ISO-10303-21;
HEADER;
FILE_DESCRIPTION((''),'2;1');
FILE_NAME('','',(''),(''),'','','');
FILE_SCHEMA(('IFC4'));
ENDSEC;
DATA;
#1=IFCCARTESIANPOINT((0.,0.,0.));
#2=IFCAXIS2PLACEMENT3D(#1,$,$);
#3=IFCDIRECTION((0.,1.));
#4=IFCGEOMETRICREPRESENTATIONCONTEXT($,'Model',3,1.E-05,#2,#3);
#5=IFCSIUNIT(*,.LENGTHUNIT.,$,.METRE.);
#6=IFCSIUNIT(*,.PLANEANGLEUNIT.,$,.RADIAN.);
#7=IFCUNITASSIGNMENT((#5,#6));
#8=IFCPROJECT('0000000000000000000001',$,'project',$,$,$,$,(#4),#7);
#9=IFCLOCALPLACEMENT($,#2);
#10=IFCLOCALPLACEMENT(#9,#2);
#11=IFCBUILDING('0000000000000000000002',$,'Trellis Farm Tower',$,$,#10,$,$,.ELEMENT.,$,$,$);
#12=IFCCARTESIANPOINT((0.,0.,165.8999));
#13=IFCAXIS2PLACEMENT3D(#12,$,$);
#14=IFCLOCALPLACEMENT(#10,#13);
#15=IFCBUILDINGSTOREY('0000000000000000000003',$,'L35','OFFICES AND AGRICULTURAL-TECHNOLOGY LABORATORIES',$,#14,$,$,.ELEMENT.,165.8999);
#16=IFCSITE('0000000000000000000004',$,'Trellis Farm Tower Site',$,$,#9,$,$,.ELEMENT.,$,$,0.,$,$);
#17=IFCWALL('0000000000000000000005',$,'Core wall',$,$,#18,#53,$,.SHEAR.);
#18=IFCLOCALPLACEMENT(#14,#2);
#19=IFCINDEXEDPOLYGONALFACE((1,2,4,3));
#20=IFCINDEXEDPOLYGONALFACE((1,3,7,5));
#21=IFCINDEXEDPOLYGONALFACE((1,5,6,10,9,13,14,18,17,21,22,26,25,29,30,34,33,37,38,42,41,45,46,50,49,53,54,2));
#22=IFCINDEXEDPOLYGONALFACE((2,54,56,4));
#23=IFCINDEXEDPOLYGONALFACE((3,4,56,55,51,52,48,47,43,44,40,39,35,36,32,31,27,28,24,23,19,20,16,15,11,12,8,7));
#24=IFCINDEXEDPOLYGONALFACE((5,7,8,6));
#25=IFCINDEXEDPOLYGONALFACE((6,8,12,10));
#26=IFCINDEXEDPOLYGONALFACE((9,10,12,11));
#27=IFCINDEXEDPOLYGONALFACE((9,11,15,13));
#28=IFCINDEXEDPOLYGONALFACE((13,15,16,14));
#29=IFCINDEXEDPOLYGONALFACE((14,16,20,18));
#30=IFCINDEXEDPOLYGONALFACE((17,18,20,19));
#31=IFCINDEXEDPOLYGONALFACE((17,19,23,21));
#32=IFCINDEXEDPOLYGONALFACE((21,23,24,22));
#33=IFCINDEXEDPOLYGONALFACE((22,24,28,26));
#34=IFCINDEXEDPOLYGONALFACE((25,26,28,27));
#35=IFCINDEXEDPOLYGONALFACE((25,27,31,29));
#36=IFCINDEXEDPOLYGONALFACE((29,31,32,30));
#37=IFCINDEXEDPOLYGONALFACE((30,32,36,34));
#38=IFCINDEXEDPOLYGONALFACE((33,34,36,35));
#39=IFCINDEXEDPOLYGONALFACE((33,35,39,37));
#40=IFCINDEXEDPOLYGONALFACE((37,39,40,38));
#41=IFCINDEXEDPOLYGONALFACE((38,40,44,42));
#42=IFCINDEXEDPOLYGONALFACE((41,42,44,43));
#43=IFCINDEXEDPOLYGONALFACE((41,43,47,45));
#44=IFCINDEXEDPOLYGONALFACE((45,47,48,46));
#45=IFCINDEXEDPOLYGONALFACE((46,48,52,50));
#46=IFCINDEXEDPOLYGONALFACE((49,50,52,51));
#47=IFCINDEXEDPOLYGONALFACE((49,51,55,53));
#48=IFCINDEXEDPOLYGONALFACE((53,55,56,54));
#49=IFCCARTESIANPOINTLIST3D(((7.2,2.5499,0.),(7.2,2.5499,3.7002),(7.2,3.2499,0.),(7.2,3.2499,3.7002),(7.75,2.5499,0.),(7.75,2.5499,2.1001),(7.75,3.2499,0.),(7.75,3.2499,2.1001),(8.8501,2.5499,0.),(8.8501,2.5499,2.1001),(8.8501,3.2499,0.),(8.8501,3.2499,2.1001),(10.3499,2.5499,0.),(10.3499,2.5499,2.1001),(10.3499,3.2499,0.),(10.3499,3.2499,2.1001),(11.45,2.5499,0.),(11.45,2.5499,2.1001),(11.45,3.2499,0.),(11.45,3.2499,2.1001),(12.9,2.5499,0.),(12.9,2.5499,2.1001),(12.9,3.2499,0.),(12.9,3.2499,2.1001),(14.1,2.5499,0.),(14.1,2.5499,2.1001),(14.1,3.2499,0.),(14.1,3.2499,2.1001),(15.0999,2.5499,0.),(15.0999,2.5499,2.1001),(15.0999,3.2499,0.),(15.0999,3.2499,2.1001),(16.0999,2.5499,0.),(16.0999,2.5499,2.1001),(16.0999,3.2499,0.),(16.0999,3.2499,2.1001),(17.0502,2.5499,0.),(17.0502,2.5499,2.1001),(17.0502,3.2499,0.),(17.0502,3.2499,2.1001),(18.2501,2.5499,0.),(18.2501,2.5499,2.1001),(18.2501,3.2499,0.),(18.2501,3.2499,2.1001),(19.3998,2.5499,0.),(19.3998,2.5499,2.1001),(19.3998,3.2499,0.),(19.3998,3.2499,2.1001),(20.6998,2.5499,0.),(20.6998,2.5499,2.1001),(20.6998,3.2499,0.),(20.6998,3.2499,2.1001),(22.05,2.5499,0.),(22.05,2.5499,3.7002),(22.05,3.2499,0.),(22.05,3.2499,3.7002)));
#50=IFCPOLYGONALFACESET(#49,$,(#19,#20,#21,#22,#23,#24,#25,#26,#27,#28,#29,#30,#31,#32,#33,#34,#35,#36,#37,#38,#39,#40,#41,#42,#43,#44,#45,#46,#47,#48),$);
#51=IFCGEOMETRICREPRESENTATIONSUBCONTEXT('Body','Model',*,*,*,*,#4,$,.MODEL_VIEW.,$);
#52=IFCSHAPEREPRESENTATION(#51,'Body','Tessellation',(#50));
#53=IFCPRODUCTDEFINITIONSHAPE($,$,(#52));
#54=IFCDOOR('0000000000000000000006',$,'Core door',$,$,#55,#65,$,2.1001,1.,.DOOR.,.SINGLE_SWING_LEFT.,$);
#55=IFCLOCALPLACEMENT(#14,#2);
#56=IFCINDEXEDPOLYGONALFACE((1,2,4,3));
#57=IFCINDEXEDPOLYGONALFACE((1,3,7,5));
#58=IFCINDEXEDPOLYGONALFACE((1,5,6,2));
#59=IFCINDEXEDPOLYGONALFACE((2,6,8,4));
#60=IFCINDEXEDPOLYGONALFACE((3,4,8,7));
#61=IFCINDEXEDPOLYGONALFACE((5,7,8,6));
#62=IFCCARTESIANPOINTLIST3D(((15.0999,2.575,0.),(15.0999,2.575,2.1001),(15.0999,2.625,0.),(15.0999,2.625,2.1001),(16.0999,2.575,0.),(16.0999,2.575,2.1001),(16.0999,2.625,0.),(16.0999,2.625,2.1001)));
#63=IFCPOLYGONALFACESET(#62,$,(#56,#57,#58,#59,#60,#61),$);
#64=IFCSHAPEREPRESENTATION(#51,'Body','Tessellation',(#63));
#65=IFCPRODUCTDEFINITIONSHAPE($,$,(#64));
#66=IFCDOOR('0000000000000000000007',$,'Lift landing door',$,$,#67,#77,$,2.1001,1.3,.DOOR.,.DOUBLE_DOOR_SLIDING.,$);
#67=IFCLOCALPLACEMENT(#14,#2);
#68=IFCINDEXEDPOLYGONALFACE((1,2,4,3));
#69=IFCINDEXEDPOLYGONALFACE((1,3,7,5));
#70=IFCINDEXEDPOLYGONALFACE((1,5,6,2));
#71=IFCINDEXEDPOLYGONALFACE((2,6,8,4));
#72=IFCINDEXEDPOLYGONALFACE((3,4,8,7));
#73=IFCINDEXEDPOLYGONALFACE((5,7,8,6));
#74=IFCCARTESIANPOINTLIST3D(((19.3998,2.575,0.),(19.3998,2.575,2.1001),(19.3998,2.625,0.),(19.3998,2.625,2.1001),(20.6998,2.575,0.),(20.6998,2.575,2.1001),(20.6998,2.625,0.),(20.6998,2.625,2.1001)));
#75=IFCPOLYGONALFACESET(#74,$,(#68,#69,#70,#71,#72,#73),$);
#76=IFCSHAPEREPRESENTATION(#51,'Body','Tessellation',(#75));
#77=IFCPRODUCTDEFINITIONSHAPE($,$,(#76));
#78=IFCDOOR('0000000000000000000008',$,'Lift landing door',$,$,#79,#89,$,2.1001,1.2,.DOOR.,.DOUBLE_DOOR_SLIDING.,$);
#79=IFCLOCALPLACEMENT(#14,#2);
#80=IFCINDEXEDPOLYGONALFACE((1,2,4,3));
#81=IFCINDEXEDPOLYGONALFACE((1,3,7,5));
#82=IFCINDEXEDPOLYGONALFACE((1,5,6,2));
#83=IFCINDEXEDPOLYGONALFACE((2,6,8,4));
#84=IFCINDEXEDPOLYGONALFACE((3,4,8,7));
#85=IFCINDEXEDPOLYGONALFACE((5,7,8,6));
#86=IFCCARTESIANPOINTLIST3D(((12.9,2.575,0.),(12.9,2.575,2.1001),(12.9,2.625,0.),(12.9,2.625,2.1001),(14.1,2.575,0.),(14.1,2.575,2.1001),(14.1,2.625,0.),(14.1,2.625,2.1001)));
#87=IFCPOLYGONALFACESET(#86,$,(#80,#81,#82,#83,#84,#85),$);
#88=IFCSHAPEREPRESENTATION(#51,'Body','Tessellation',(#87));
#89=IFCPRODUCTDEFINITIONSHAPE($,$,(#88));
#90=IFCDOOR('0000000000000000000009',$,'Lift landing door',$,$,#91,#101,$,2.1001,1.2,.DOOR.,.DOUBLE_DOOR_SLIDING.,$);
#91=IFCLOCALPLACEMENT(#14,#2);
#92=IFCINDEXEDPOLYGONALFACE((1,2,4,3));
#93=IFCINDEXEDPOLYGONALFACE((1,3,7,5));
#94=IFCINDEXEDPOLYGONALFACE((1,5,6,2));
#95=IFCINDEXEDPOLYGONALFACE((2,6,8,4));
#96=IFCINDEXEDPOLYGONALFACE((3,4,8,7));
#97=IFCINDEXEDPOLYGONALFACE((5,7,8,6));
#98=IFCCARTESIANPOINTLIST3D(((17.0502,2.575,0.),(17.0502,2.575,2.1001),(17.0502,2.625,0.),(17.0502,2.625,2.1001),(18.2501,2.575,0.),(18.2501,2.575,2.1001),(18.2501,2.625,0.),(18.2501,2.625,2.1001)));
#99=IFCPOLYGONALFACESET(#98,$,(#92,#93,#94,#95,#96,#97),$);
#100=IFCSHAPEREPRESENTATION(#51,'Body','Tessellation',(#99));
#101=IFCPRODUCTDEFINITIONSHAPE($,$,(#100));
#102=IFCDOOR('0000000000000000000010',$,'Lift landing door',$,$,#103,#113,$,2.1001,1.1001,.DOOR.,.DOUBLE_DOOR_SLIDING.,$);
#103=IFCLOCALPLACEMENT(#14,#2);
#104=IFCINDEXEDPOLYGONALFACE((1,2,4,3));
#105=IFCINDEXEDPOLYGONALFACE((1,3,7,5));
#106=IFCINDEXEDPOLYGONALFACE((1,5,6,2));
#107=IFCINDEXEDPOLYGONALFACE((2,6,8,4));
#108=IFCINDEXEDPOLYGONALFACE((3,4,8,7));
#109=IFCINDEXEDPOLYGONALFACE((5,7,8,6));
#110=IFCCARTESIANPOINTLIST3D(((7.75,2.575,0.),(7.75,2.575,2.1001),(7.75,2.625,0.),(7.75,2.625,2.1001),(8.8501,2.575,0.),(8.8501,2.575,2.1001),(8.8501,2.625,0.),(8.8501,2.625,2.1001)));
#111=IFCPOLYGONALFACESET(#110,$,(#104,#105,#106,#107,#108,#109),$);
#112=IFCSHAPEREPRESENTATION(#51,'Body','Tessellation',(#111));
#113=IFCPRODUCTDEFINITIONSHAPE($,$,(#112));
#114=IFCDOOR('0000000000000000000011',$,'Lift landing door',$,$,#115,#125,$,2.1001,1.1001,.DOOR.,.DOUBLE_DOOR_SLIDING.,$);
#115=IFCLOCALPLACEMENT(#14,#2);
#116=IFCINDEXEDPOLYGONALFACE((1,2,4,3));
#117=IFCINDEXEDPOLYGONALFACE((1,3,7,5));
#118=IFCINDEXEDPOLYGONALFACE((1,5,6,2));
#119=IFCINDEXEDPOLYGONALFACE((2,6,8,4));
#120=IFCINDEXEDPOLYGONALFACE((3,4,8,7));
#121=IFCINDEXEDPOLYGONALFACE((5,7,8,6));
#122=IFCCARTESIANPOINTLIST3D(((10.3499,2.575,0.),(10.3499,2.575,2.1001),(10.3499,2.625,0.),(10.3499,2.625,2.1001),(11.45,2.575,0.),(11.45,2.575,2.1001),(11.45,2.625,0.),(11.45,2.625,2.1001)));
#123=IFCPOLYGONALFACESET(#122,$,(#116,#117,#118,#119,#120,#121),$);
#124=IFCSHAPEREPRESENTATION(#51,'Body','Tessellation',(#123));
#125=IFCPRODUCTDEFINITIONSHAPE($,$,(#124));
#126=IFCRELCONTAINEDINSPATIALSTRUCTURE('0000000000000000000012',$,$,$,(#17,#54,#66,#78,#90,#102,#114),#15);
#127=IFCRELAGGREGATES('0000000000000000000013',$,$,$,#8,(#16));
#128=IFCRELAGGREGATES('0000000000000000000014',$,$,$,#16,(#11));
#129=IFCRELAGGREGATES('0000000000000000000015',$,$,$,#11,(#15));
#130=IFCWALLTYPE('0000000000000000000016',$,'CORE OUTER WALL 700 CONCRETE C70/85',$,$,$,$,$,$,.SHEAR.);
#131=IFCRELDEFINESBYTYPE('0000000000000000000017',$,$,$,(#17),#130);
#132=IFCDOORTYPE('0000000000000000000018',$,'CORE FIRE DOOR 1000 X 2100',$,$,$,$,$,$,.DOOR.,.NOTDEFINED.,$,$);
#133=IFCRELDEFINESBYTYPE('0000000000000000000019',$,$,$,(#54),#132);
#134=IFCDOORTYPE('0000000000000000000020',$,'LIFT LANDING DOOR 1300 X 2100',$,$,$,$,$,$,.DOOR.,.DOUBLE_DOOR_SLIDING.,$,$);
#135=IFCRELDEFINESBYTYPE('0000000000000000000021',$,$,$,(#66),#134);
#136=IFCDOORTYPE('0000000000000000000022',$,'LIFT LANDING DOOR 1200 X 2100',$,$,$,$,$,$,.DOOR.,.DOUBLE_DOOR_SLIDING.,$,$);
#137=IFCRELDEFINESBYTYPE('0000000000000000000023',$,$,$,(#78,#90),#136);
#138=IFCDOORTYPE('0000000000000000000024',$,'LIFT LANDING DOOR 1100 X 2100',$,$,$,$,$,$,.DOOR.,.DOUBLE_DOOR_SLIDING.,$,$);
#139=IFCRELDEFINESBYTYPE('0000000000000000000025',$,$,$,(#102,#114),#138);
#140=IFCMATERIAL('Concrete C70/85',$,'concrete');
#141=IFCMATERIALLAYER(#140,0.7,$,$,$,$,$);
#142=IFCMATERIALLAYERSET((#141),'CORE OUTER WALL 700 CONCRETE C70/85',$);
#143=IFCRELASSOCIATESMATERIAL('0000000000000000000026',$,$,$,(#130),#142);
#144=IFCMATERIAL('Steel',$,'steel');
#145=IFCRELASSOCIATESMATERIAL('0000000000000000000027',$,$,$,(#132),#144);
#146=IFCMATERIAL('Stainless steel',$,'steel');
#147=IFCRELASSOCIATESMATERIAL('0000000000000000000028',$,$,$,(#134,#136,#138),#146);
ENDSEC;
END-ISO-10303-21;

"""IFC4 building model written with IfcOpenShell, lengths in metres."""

from ifc_helpers import new_model, si_unit, direction, frame, frame_2d, origin, place, context, subcontext, project, spatial, rectangle, extrude, source, transform, mapped, material, layer, layer_set, type_object, element, fill, save


model = new_model("IFC4")

# Units and contexts
model_context = context("Model", 3, precision=1e-05, world=origin(), true_north=direction((0.0, 1.0)))
body_context = subcontext(model_context, "Body", "Model", "MODEL_VIEW")
ifc_project = project(units=[si_unit("LENGTHUNIT", "METRE"), si_unit("PLANEANGLEUNIT", "RADIAN")], contexts=[model_context])

# Site, building, storey
site_placement = place(None, origin())
site = spatial("IfcSite", under=ifc_project, at=site_placement, Name="Trellis Farm Tower Site", CompositionType="ELEMENT", RefElevation=0.0)
building_placement = place(site_placement, origin())
building = spatial("IfcBuilding", under=site, at=building_placement, Name="Trellis Farm Tower", CompositionType="ELEMENT")
storey_placement = place(building_placement, frame((0.0, 0.0, 165.8999)))
storey = spatial("IfcBuildingStorey", under=building, at=storey_placement, Name="L35", Description="OFFICES AND AGRICULTURAL-TECHNOLOGY LABORATORIES", CompositionType="ELEMENT", Elevation=165.8999)

# Shared definitions
ifc_material_1 = material(Name="Concrete C70/85", Category="concrete")

# Wall, openings, doors
ifc_layer_1 = layer(ifc_material_1, 0.7)
ifc_layer_set_1 = layer_set([ifc_layer_1], Name="CORE OUTER WALL 700 CONCRETE C70/85")
wall_type_1 = type_object("IfcWallType", Name="CORE OUTER WALL 700 CONCRETE C70/85", PredefinedType="SHEAR", material=ifc_layer_set_1)
shared_shape_1 = source(origin(), body_context, "Body", "SweptSolid", [
    extrude(rectangle(XDim=14.8501, YDim=0.7, at=frame_2d((7.425, 0.0))), origin(), (0.0, 0.0, 1.0), 3.7002),
])
wall_1_placement = place(storey_placement, frame((7.2, 2.8999, 0.0), z_axis=(0.0, 0.0, 1.0), x_axis=(1.0, 0.0, 0.0)))
wall_1 = element("IfcWall", 1, at=wall_1_placement, inside=storey, type_object=wall_type_1, Name="Core wall", PredefinedType="SHEAR", context=body_context, shape_type="MappedRepresentation", body=[
    mapped(shared_shape_1, transform((0.0, 0.0, 0.0))),
])
shared_shape_2 = source(origin(), body_context, "Body", "SweptSolid", [
    extrude(rectangle(XDim=1.1001, YDim=2.1001, at=frame_2d((0.55, 1.05))), frame((0.0, 0.3601, 0.0), z_axis=(0.0, -1.0, 0.0), x_axis=(1.0, 0.0, 0.0)), (0.0, 0.0, 1.0), 0.7202),
])
opening_1_placement = place(wall_1_placement, frame((0.55, 0.0, 0.0)))
opening_1 = element("IfcOpeningElement", 2, at=opening_1_placement, cuts=wall_1, PredefinedType="OPENING", context=body_context, shape_type="MappedRepresentation", body=[
    mapped(shared_shape_2, transform((0.0, 0.0, 0.0))),
])
opening_2_placement = place(wall_1_placement, frame((3.1499, 0.0, 0.0)))
opening_2 = element("IfcOpeningElement", 3, at=opening_2_placement, cuts=wall_1, PredefinedType="OPENING", context=body_context, shape_type="MappedRepresentation", body=[
    mapped(shared_shape_2, transform((0.0, 0.0, 0.0))),
])
shared_shape_3 = source(origin(), body_context, "Body", "SweptSolid", [
    extrude(rectangle(XDim=1.2, YDim=2.1001, at=frame_2d((0.6001, 1.05))), frame((0.0, 0.3601, 0.0), z_axis=(0.0, -1.0, 0.0), x_axis=(1.0, 0.0, 0.0)), (0.0, 0.0, 1.0), 0.7202),
])
opening_3_placement = place(wall_1_placement, frame((5.7, 0.0, 0.0)))
opening_3 = element("IfcOpeningElement", 4, at=opening_3_placement, cuts=wall_1, PredefinedType="OPENING", context=body_context, shape_type="MappedRepresentation", body=[
    mapped(shared_shape_3, transform((0.0, 0.0, 0.0))),
])
shared_shape_4 = source(origin(), body_context, "Body", "SweptSolid", [
    extrude(rectangle(XDim=1.3, YDim=2.1001, at=frame_2d((0.6499, 1.05))), frame((0.0, 0.3601, 0.0), z_axis=(0.0, -1.0, 0.0), x_axis=(1.0, 0.0, 0.0)), (0.0, 0.0, 1.0), 0.7202),
])
opening_4_placement = place(wall_1_placement, frame((12.2, 0.0, 0.0)))
opening_4 = element("IfcOpeningElement", 5, at=opening_4_placement, cuts=wall_1, PredefinedType="OPENING", context=body_context, shape_type="MappedRepresentation", body=[
    mapped(shared_shape_4, transform((0.0, 0.0, 0.0))),
])
opening_5_placement = place(wall_1_placement, frame((9.8501, 0.0, 0.0)))
opening_5 = element("IfcOpeningElement", 6, at=opening_5_placement, cuts=wall_1, PredefinedType="OPENING", context=body_context, shape_type="MappedRepresentation", body=[
    mapped(shared_shape_3, transform((0.0, 0.0, 0.0))),
])
shared_shape_5 = source(origin(), body_context, "Body", "SweptSolid", [
    extrude(rectangle(XDim=1.0, YDim=2.1001, at=frame_2d((0.5, 1.05))), frame((0.0, 0.3601, 0.0), z_axis=(0.0, -1.0, 0.0), x_axis=(1.0, 0.0, 0.0)), (0.0, 0.0, 1.0), 0.7202),
])
opening_6_placement = place(wall_1_placement, frame((7.8999, 0.0, 0.0)))
opening_6 = element("IfcOpeningElement", 7, at=opening_6_placement, cuts=wall_1, PredefinedType="OPENING", context=body_context, shape_type="MappedRepresentation", body=[
    mapped(shared_shape_5, transform((0.0, 0.0, 0.0))),
])
ifc_material_2 = material(Name="Steel", Category="steel")
door_type_1 = type_object("IfcDoorType", Name="CORE FIRE DOOR 1000 X 2100", OperationType="NOTDEFINED", PredefinedType="DOOR", material=ifc_material_2)
shared_shape_6 = source(origin(), body_context, "Body", "SweptSolid", [
    extrude(rectangle(XDim=1.0, YDim=2.1001, at=frame_2d((0.5, 1.05))), frame((0.0, -0.2749, 0.0), z_axis=(0.0, -1.0, 0.0), x_axis=(1.0, 0.0, 0.0)), (0.0, 0.0, 1.0), 0.05),
])
door_1_placement = place(opening_6_placement, origin())
door_1 = element("IfcDoor", 8, at=door_1_placement, inside=storey, type_object=door_type_1, Name="Core door", OperationType="SINGLE_SWING_LEFT", OverallHeight=2.1001, OverallWidth=1.0, PredefinedType="DOOR", context=body_context, shape_type="MappedRepresentation", body=[
    mapped(shared_shape_6, transform((0.0, 0.0, 0.0))),
])
fill(opening_6, door_1)
ifc_material_3 = material(Name="Stainless steel", Category="steel")
door_type_2 = type_object("IfcDoorType", Name="LIFT LANDING DOOR 1300 X 2100", OperationType="DOUBLE_DOOR_SLIDING", PredefinedType="DOOR", material=ifc_material_3)
shared_shape_7 = source(origin(), body_context, "Body", "SweptSolid", [
    extrude(rectangle(XDim=1.3, YDim=2.1001, at=frame_2d((0.6499, 1.05))), frame((0.0, -0.2749, 0.0), z_axis=(0.0, -1.0, 0.0), x_axis=(1.0, 0.0, 0.0)), (0.0, 0.0, 1.0), 0.05),
])
door_2_placement = place(opening_4_placement, origin())
door_2 = element("IfcDoor", 9, at=door_2_placement, inside=storey, type_object=door_type_2, Name="Lift landing door", OperationType="DOUBLE_DOOR_SLIDING", OverallHeight=2.1001, OverallWidth=1.3, PredefinedType="DOOR", context=body_context, shape_type="MappedRepresentation", body=[
    mapped(shared_shape_7, transform((0.0, 0.0, 0.0))),
])
fill(opening_4, door_2)
door_type_3 = type_object("IfcDoorType", Name="LIFT LANDING DOOR 1200 X 2100", OperationType="DOUBLE_DOOR_SLIDING", PredefinedType="DOOR", material=ifc_material_3)
shared_shape_8 = source(origin(), body_context, "Body", "SweptSolid", [
    extrude(rectangle(XDim=1.2, YDim=2.1001, at=frame_2d((0.6001, 1.05))), frame((0.0, -0.2749, 0.0), z_axis=(0.0, -1.0, 0.0), x_axis=(1.0, 0.0, 0.0)), (0.0, 0.0, 1.0), 0.05),
])
door_3_placement = place(opening_3_placement, origin())
door_3 = element("IfcDoor", 10, at=door_3_placement, inside=storey, type_object=door_type_3, Name="Lift landing door", OperationType="DOUBLE_DOOR_SLIDING", OverallHeight=2.1001, OverallWidth=1.2, PredefinedType="DOOR", context=body_context, shape_type="MappedRepresentation", body=[
    mapped(shared_shape_8, transform((0.0, 0.0, 0.0))),
])
fill(opening_3, door_3)
door_4_placement = place(opening_5_placement, origin())
door_4 = element("IfcDoor", 11, at=door_4_placement, inside=storey, type_object=door_type_3, Name="Lift landing door", OperationType="DOUBLE_DOOR_SLIDING", OverallHeight=2.1001, OverallWidth=1.2, PredefinedType="DOOR", context=body_context, shape_type="MappedRepresentation", body=[
    mapped(shared_shape_8, transform((0.0, 0.0, 0.0))),
])
fill(opening_5, door_4)
door_type_4 = type_object("IfcDoorType", Name="LIFT LANDING DOOR 1100 X 2100", OperationType="DOUBLE_DOOR_SLIDING", PredefinedType="DOOR", material=ifc_material_3)
shared_shape_9 = source(origin(), body_context, "Body", "SweptSolid", [
    extrude(rectangle(XDim=1.1001, YDim=2.1001, at=frame_2d((0.55, 1.05))), frame((0.0, -0.2749, 0.0), z_axis=(0.0, -1.0, 0.0), x_axis=(1.0, 0.0, 0.0)), (0.0, 0.0, 1.0), 0.05),
])
door_5_placement = place(opening_1_placement, origin())
door_5 = element("IfcDoor", 12, at=door_5_placement, inside=storey, type_object=door_type_4, Name="Lift landing door", OperationType="DOUBLE_DOOR_SLIDING", OverallHeight=2.1001, OverallWidth=1.1001, PredefinedType="DOOR", context=body_context, shape_type="MappedRepresentation", body=[
    mapped(shared_shape_9, transform((0.0, 0.0, 0.0))),
])
fill(opening_1, door_5)
door_6_placement = place(opening_2_placement, origin())
door_6 = element("IfcDoor", 13, at=door_6_placement, inside=storey, type_object=door_type_4, Name="Lift landing door", OperationType="DOUBLE_DOOR_SLIDING", OverallHeight=2.1001, OverallWidth=1.1001, PredefinedType="DOOR", context=body_context, shape_type="MappedRepresentation", body=[
    mapped(shared_shape_9, transform((0.0, 0.0, 0.0))),
])
fill(opening_2, door_6)

save(model, "model.ifc")
